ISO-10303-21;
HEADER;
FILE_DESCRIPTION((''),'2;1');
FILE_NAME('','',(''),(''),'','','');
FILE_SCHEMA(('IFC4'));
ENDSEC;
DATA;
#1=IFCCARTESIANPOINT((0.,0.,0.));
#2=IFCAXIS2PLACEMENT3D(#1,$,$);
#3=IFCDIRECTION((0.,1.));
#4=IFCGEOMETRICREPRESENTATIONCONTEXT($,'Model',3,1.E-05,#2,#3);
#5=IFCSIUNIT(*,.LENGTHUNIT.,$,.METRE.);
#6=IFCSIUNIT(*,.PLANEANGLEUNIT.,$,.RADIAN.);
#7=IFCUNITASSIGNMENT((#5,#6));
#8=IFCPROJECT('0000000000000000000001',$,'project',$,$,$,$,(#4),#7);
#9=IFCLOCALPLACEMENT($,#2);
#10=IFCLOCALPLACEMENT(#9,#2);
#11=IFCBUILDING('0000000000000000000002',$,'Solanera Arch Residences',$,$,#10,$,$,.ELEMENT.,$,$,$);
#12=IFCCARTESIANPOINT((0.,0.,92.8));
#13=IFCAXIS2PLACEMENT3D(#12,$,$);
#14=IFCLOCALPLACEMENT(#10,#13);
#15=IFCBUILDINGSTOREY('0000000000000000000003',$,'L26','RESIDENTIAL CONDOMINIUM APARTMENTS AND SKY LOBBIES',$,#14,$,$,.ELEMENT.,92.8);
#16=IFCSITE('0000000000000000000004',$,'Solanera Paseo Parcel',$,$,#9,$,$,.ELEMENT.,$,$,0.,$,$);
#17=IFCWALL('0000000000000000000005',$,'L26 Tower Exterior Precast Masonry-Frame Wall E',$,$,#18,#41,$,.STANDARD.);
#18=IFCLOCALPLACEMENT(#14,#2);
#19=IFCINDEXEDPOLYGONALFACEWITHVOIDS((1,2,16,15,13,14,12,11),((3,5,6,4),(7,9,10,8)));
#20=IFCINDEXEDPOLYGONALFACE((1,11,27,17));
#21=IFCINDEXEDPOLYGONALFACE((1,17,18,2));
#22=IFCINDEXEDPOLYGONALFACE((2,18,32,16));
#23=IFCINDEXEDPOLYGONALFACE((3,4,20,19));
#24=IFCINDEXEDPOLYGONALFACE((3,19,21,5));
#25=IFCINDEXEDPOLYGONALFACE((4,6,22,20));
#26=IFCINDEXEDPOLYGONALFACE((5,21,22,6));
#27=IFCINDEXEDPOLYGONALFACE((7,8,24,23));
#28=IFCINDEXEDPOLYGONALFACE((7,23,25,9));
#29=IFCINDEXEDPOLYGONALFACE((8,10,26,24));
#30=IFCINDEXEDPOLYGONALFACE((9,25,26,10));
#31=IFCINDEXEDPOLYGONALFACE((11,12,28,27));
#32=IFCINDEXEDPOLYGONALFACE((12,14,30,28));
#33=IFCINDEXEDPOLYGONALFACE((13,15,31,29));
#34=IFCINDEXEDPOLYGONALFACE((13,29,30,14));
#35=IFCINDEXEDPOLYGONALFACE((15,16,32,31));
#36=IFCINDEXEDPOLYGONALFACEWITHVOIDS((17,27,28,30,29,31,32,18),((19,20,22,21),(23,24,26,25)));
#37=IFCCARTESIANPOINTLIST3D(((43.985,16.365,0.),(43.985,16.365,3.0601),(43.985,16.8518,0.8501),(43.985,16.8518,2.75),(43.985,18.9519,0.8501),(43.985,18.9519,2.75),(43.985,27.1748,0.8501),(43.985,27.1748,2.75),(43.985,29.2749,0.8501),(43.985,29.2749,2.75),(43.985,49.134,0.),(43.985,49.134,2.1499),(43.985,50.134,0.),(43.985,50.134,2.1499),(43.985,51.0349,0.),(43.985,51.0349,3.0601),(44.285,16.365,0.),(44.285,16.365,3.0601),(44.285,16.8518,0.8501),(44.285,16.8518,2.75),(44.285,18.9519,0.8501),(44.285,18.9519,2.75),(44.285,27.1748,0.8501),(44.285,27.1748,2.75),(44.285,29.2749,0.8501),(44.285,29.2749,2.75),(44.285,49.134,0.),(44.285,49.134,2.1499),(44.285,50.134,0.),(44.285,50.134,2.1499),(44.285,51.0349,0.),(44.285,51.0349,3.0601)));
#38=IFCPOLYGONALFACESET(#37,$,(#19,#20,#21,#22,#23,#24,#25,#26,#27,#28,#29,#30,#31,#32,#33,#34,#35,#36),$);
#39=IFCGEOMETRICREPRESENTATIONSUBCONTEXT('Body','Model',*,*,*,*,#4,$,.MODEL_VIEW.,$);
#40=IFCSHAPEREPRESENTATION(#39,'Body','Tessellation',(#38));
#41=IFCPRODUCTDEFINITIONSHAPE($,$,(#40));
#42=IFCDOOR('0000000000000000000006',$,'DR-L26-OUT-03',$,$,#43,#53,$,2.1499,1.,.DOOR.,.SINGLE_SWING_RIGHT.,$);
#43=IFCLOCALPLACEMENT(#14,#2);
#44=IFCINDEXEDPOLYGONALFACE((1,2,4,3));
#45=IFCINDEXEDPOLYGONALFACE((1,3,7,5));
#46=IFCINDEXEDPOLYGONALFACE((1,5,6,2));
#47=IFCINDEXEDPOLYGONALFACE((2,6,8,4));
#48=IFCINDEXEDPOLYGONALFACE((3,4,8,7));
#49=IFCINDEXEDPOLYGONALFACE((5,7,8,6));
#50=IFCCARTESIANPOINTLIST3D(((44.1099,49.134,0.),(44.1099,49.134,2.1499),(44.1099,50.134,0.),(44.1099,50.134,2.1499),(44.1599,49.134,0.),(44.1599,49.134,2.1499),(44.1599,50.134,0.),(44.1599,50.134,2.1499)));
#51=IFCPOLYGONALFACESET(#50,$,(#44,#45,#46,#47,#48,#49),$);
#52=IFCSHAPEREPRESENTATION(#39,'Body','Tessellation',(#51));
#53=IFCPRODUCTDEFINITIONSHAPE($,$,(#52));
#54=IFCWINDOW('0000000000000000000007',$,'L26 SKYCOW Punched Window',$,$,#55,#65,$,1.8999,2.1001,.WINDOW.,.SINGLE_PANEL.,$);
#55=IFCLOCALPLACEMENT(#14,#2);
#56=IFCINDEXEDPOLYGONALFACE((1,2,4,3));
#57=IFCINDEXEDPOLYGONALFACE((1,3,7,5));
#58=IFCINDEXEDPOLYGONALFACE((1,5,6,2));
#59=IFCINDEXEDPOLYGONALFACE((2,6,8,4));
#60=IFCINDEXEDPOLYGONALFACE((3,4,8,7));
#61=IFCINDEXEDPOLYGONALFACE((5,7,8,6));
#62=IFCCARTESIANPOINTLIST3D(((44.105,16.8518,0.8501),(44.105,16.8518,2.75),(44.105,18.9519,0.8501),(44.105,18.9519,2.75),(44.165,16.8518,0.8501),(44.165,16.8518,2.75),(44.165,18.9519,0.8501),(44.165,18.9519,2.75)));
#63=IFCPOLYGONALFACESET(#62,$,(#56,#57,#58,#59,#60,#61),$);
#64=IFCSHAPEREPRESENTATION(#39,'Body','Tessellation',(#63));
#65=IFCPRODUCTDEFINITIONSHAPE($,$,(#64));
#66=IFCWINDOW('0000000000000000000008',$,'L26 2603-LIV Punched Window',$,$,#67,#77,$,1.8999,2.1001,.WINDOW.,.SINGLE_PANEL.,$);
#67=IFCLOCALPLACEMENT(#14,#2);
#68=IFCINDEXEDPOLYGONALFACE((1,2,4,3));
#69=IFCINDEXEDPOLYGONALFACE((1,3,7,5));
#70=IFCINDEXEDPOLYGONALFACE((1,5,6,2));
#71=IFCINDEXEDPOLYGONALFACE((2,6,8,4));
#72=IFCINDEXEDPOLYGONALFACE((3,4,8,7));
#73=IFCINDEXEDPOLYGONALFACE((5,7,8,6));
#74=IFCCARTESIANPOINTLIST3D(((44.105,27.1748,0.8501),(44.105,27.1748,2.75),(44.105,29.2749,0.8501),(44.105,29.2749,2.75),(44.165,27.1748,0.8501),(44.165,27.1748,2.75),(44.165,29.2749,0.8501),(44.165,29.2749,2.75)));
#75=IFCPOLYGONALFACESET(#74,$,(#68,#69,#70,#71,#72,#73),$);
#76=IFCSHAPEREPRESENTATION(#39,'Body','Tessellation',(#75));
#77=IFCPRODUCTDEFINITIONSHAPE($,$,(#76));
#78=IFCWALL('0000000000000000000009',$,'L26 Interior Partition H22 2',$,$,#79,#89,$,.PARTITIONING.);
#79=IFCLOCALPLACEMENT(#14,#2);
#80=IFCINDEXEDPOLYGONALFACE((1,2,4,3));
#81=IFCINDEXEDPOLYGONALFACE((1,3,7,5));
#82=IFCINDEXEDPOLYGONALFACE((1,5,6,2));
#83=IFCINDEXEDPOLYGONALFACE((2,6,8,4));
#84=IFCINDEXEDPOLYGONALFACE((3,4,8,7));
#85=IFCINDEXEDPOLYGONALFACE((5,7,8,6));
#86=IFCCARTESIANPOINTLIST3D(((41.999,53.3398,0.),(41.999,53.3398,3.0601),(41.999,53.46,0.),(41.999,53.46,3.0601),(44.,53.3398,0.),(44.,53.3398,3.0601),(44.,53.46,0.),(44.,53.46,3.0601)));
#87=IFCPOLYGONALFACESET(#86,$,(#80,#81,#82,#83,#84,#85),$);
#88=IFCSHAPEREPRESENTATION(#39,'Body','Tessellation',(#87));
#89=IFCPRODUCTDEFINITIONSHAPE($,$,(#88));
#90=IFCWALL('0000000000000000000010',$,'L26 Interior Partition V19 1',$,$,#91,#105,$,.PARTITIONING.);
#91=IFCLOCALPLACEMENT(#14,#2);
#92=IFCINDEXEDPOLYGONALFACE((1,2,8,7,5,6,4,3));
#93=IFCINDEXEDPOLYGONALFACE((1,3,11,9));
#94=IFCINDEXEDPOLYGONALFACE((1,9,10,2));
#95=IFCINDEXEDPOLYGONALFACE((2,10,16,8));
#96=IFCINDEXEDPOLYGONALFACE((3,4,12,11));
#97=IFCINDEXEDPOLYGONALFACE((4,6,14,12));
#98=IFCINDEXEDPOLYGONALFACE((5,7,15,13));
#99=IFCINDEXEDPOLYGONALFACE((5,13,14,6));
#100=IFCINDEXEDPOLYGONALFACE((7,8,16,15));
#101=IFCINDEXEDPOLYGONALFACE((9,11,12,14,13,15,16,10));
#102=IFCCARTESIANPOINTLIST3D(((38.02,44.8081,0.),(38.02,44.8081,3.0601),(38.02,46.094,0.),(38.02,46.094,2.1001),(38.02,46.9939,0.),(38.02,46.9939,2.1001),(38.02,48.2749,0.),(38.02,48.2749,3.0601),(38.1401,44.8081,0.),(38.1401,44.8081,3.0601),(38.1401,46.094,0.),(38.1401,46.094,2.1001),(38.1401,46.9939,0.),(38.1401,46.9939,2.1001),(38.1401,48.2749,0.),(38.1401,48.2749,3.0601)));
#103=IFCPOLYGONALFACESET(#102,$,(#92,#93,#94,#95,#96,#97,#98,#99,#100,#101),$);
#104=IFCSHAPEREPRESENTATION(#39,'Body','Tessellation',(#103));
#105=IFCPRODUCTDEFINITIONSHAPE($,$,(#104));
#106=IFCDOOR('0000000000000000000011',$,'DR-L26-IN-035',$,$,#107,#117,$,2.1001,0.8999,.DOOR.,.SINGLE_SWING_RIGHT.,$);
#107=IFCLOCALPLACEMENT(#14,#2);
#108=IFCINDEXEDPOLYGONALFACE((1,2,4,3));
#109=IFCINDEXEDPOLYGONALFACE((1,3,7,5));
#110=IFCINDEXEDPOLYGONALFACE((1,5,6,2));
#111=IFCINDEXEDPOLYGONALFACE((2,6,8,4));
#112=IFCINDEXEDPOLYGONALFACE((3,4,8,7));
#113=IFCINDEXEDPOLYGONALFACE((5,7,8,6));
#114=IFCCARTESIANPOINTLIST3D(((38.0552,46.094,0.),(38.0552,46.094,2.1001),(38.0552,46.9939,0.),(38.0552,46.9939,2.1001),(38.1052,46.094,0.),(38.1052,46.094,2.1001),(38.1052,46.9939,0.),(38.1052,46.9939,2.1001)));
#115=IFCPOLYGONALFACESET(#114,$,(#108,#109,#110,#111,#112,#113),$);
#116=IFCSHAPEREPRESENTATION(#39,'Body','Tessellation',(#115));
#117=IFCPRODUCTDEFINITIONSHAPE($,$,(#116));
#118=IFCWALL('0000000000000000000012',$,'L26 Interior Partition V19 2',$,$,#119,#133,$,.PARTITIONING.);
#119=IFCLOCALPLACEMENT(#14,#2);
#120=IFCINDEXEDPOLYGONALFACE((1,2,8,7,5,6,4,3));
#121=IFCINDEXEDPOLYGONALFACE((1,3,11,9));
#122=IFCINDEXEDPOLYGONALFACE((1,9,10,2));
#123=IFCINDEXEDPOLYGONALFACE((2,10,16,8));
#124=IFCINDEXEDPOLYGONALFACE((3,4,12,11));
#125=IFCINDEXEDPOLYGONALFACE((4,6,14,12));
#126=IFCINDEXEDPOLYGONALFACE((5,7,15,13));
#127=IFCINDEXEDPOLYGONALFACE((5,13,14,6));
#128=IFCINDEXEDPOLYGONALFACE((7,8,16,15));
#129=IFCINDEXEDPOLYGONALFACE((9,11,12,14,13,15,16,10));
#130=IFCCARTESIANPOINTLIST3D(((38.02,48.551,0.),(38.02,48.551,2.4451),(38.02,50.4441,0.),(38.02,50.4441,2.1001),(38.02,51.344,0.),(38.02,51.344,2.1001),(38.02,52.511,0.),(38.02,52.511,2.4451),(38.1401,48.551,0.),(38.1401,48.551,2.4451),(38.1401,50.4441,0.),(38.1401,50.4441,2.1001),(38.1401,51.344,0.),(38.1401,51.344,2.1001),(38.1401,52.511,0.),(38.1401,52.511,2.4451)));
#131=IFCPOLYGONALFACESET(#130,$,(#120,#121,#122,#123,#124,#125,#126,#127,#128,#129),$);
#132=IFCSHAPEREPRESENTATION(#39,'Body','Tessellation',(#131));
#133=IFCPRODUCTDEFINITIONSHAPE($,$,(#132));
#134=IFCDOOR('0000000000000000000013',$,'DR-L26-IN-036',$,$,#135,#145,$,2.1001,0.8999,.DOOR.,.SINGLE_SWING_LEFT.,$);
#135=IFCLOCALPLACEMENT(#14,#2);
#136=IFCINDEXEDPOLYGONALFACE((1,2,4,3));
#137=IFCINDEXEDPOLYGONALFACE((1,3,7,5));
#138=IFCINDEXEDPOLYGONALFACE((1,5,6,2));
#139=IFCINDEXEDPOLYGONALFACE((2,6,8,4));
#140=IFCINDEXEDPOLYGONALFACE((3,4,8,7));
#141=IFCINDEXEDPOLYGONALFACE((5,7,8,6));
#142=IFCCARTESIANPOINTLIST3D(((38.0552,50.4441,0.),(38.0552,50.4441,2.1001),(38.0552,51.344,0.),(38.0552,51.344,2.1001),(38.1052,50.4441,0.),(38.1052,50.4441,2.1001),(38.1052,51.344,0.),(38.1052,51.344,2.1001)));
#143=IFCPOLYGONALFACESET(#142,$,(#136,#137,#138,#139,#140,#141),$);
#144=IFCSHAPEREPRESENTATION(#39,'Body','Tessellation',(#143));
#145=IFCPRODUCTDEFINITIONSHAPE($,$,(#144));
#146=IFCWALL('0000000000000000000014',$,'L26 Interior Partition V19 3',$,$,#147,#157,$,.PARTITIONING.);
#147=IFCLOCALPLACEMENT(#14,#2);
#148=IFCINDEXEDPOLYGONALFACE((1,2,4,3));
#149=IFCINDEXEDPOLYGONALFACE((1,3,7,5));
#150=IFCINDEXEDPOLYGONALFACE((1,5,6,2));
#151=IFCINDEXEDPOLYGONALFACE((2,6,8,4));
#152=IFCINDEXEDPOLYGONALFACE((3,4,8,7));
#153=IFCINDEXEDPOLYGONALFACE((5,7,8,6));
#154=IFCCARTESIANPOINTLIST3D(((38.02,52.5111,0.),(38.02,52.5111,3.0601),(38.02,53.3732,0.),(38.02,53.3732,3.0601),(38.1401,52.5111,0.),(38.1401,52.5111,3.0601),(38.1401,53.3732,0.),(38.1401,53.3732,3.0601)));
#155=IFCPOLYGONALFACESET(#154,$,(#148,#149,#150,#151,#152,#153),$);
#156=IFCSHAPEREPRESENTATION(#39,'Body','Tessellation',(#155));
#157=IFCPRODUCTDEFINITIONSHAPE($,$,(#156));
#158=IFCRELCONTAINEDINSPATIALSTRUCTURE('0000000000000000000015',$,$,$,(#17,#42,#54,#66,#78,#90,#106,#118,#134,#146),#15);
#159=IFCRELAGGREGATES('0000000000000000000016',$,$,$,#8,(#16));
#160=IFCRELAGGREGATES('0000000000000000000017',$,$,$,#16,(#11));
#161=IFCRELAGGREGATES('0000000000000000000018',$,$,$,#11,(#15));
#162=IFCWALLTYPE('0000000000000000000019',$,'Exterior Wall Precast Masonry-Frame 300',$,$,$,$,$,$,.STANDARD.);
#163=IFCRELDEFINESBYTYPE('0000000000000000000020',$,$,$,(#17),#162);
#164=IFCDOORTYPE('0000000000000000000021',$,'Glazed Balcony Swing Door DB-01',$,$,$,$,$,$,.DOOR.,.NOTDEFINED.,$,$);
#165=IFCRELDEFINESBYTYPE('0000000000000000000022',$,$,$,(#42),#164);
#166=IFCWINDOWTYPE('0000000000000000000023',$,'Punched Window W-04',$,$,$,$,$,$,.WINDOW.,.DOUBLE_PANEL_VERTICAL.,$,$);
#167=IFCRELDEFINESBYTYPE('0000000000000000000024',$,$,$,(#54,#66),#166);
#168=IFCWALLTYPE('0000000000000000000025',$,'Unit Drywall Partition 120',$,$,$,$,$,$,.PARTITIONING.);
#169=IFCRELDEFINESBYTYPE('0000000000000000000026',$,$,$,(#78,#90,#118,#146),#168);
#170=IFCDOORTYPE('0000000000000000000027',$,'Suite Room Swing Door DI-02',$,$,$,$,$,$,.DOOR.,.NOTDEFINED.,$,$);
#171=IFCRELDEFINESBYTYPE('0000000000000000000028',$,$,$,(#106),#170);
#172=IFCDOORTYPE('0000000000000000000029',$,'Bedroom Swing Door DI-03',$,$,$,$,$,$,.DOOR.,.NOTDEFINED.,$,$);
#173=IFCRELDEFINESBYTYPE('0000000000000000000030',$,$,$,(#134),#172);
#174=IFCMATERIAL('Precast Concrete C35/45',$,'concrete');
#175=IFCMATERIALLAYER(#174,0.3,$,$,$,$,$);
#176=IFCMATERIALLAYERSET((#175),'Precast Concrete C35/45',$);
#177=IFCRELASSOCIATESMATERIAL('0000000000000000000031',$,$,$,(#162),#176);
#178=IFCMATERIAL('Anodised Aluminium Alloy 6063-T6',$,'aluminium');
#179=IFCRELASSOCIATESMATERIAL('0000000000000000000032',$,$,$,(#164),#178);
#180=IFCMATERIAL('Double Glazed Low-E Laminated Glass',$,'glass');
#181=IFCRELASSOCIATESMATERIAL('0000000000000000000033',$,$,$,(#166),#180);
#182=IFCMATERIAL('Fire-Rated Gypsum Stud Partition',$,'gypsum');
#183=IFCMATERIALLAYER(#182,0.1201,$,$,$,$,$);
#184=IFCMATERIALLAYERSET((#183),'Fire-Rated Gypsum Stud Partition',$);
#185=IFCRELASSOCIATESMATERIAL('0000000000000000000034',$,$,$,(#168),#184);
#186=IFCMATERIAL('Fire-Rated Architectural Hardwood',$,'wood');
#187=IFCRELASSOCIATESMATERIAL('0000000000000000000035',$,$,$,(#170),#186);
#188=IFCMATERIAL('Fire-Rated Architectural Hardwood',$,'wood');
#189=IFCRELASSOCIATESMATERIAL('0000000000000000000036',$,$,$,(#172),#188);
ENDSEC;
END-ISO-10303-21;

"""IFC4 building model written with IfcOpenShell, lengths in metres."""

from ifc_helpers import new_model, si_unit, direction, frame, frame_2d, origin, place, context, subcontext, project, spatial, rectangle, extrude, material, layer, layer_set, type_object, element, fill, save


model = new_model("IFC4")

# Units and contexts
model_context = context("Model", 3, precision=1e-05, world=origin(), true_north=direction((0.0, 1.0)))
body_context = subcontext(model_context, "Body", "Model", "MODEL_VIEW")
ifc_project = project(units=[si_unit("LENGTHUNIT", "METRE"), si_unit("PLANEANGLEUNIT", "RADIAN")], contexts=[model_context])

# Site, building, storey
site_placement = place(None, origin())
site = spatial("IfcSite", under=ifc_project, at=site_placement, Name="Solanera Paseo Parcel", CompositionType="ELEMENT", RefElevation=0.0)
building_placement = place(site_placement, origin())
building = spatial("IfcBuilding", under=site, at=building_placement, Name="Solanera Arch Residences", CompositionType="ELEMENT")
storey_placement = place(building_placement, frame((0.0, 0.0, 92.8)))
storey = spatial("IfcBuildingStorey", under=building, at=storey_placement, Name="L26", Description="RESIDENTIAL CONDOMINIUM APARTMENTS AND SKY LOBBIES", CompositionType="ELEMENT", Elevation=92.8)

# Shared definitions
ifc_material_1 = material(Name="Precast Concrete C35/45", Category="concrete")
ifc_layer_1 = layer(ifc_material_1, 0.3)
ifc_layer_set_1 = layer_set([ifc_layer_1], Name="Precast Concrete C35/45")
wall_type_1 = type_object("IfcWallType", Name="Exterior Wall Precast Masonry-Frame 300", PredefinedType="STANDARD", material=ifc_layer_set_1)

# Wall, openings, door, windows
wall_1_placement = place(storey_placement, frame((44.135, 51.0349, 0.0), z_axis=(0.0, 0.0, 1.0), x_axis=(0.0, -1.0, 0.0)))
wall_1 = element("IfcWall", 1, at=wall_1_placement, inside=storey, type_object=wall_type_1, Name="L26 Tower Exterior Precast Masonry-Frame Wall E", PredefinedType="STANDARD", context=body_context, shape_type="SweptSolid", body=[
    extrude(rectangle(XDim=34.6699, YDim=0.3, at=frame_2d((17.335, 0.0))), origin(), (0.0, 0.0, 1.0), 3.0601),
])
opening_1_placement = place(wall_1_placement, frame((0.9009, 0.0, 0.0)))
opening_1 = element("IfcOpeningElement", 2, at=opening_1_placement, cuts=wall_1, PredefinedType="OPENING", context=body_context, shape_type="SweptSolid", body=[
    extrude(rectangle(XDim=1.0, YDim=2.1499, at=frame_2d((0.5, 1.075))), frame((0.0, 0.1599, 0.0), z_axis=(0.0, -1.0, 0.0), x_axis=(1.0, 0.0, 0.0)), (0.0, 0.0, 1.0), 0.32),
])
opening_2_placement = place(wall_1_placement, frame((32.083, 0.0, 0.8501)))
opening_2 = element("IfcOpeningElement", 3, at=opening_2_placement, cuts=wall_1, PredefinedType="OPENING", context=body_context, shape_type="SweptSolid", body=[
    extrude(rectangle(XDim=2.1001, YDim=1.8999, at=frame_2d((1.05, 0.95))), frame((0.0, 0.1599, 0.0), z_axis=(0.0, -1.0, 0.0), x_axis=(1.0, 0.0, 0.0)), (0.0, 0.0, 1.0), 0.32),
])
opening_3_placement = place(wall_1_placement, frame((21.76, 0.0, 0.8501)))
opening_3 = element("IfcOpeningElement", 4, at=opening_3_placement, cuts=wall_1, PredefinedType="OPENING", context=body_context, shape_type="SweptSolid", body=[
    extrude(rectangle(XDim=2.1001, YDim=1.8999, at=frame_2d((1.05, 0.95))), frame((0.0, 0.1599, 0.0), z_axis=(0.0, -1.0, 0.0), x_axis=(1.0, 0.0, 0.0)), (0.0, 0.0, 1.0), 0.32),
])
ifc_material_2 = material(Name="Anodised Aluminium Alloy 6063-T6", Category="aluminium")
door_type_1 = type_object("IfcDoorType", Name="Glazed Balcony Swing Door DB-01", OperationType="NOTDEFINED", PredefinedType="DOOR", material=ifc_material_2)
door_1_placement = place(opening_1_placement, origin())
door_1 = element("IfcDoor", 5, at=door_1_placement, inside=storey, type_object=door_type_1, Name="DR-L26-OUT-03", OperationType="SINGLE_SWING_RIGHT", OverallHeight=2.1499, OverallWidth=1.0, PredefinedType="DOOR", context=body_context, shape_type="SweptSolid", body=[
    extrude(rectangle(XDim=1.0, YDim=2.1499, at=frame_2d((0.5, 1.075))), frame((0.0, 0.0249, 0.0), z_axis=(0.0, -1.0, 0.0), x_axis=(1.0, 0.0, 0.0)), (0.0, 0.0, 1.0), 0.05),
])
fill(opening_1, door_1)
ifc_material_3 = material(Name="Double Glazed Low-E Laminated Glass", Category="glass")
window_type = type_object("IfcWindowType", Name="Punched Window W-04", PartitioningType="DOUBLE_PANEL_VERTICAL", PredefinedType="WINDOW", material=ifc_material_3)
window_1_placement = place(opening_2_placement, origin())
window_1 = element("IfcWindow", 6, at=window_1_placement, inside=storey, type_object=window_type, Name="L26 SKYCOW Punched Window", OverallHeight=1.8999, OverallWidth=2.1001, PartitioningType="SINGLE_PANEL", PredefinedType="WINDOW", context=body_context, shape_type="SweptSolid", body=[
    extrude(rectangle(XDim=2.1001, YDim=1.8999, at=frame_2d((1.05, 0.95))), frame((0.0, 0.03, 0.0), z_axis=(0.0, -1.0, 0.0), x_axis=(1.0, 0.0, 0.0)), (0.0, 0.0, 1.0), 0.0601),
])
fill(opening_2, window_1)
window_2_placement = place(opening_3_placement, origin())
window_2 = element("IfcWindow", 7, at=window_2_placement, inside=storey, type_object=window_type, Name="L26 2603-LIV Punched Window", OverallHeight=1.8999, OverallWidth=2.1001, PartitioningType="SINGLE_PANEL", PredefinedType="WINDOW", context=body_context, shape_type="SweptSolid", body=[
    extrude(rectangle(XDim=2.1001, YDim=1.8999, at=frame_2d((1.05, 0.95))), frame((0.0, 0.03, 0.0), z_axis=(0.0, -1.0, 0.0), x_axis=(1.0, 0.0, 0.0)), (0.0, 0.0, 1.0), 0.0601),
])
fill(opening_3, window_2)

# Wall
ifc_material_4 = material(Name="Fire-Rated Gypsum Stud Partition", Category="gypsum")
ifc_layer_2 = layer(ifc_material_4, 0.1201)
ifc_layer_set_2 = layer_set([ifc_layer_2], Name="Fire-Rated Gypsum Stud Partition")
wall_type_2 = type_object("IfcWallType", Name="Unit Drywall Partition 120", PredefinedType="PARTITIONING", material=ifc_layer_set_2)
wall_2_placement = place(storey_placement, frame((41.999, 53.3999, 0.0), z_axis=(0.0, 0.0, 1.0), x_axis=(1.0, 0.0, 0.0)))
element("IfcWall", 8, at=wall_2_placement, inside=storey, type_object=wall_type_2, Name="L26 Interior Partition H22 2", PredefinedType="PARTITIONING", context=body_context, shape_type="SweptSolid", body=[
    extrude(rectangle(XDim=2.001, YDim=0.1201, at=frame_2d((1.0005, 0.0))), origin(), (0.0, 0.0, 1.0), 3.0601),
])

# Walls, openings, doors
wall_3_placement = place(storey_placement, frame((38.0801, 44.8081, 0.0), z_axis=(0.0, 0.0, 1.0), x_axis=(0.0, 1.0, 0.0)))
wall_3 = element("IfcWall", 9, at=wall_3_placement, inside=storey, type_object=wall_type_2, Name="L26 Interior Partition V19 1", PredefinedType="PARTITIONING", context=body_context, shape_type="SweptSolid", body=[
    extrude(rectangle(XDim=3.4668, YDim=0.1201, at=frame_2d((1.7334, 0.0))), origin(), (0.0, 0.0, 1.0), 3.0601),
])
opening_4_placement = place(wall_3_placement, frame((1.2859, 0.0, 0.0)))
opening_4 = element("IfcOpeningElement", 10, at=opening_4_placement, cuts=wall_3, PredefinedType="OPENING", context=body_context, shape_type="SweptSolid", body=[
    extrude(rectangle(XDim=0.8999, YDim=2.1001, at=frame_2d((0.45, 1.05))), frame((0.0, 0.0701, 0.0), z_axis=(0.0, -1.0, 0.0), x_axis=(1.0, 0.0, 0.0)), (0.0, 0.0, 1.0), 0.1401),
])
ifc_material_5 = material(Name="Fire-Rated Architectural Hardwood", Category="wood")
door_type_2 = type_object("IfcDoorType", Name="Suite Room Swing Door DI-02", OperationType="NOTDEFINED", PredefinedType="DOOR", material=ifc_material_5)
door_2_placement = place(opening_4_placement, origin())
door_2 = element("IfcDoor", 11, at=door_2_placement, inside=storey, type_object=door_type_2, Name="DR-L26-IN-035", OperationType="SINGLE_SWING_RIGHT", OverallHeight=2.1001, OverallWidth=0.8999, PredefinedType="DOOR", context=body_context, shape_type="SweptSolid", body=[
    extrude(rectangle(XDim=0.8999, YDim=2.1001, at=frame_2d((0.45, 1.05))), frame((0.0, 0.0249, 0.0), z_axis=(0.0, -1.0, 0.0), x_axis=(1.0, 0.0, 0.0)), (0.0, 0.0, 1.0), 0.05),
])
fill(opening_4, door_2)
wall_4_placement = place(storey_placement, frame((38.0801, 48.551, 0.0), z_axis=(0.0, 0.0, 1.0), x_axis=(0.0, 1.0, 0.0)))
wall_4 = element("IfcWall", 12, at=wall_4_placement, inside=storey, type_object=wall_type_2, Name="L26 Interior Partition V19 2", PredefinedType="PARTITIONING", context=body_context, shape_type="SweptSolid", body=[
    extrude(rectangle(XDim=3.96, YDim=0.1201, at=frame_2d((1.98, 0.0))), origin(), (0.0, 0.0, 1.0), 2.4451),
])
opening_5_placement = place(wall_4_placement, frame((1.8931, 0.0, 0.0)))
opening_5 = element("IfcOpeningElement", 13, at=opening_5_placement, cuts=wall_4, PredefinedType="OPENING", context=body_context, shape_type="SweptSolid", body=[
    extrude(rectangle(XDim=0.8999, YDim=2.1001, at=frame_2d((0.45, 1.05))), frame((0.0, 0.0701, 0.0), z_axis=(0.0, -1.0, 0.0), x_axis=(1.0, 0.0, 0.0)), (0.0, 0.0, 1.0), 0.1401),
])
ifc_material_6 = material(Name="Fire-Rated Architectural Hardwood", Category="wood")
door_type_3 = type_object("IfcDoorType", Name="Bedroom Swing Door DI-03", OperationType="NOTDEFINED", PredefinedType="DOOR", material=ifc_material_6)
door_3_placement = place(opening_5_placement, origin())
door_3 = element("IfcDoor", 14, at=door_3_placement, inside=storey, type_object=door_type_3, Name="DR-L26-IN-036", OperationType="SINGLE_SWING_LEFT", OverallHeight=2.1001, OverallWidth=0.8999, PredefinedType="DOOR", context=body_context, shape_type="SweptSolid", body=[
    extrude(rectangle(XDim=0.8999, YDim=2.1001, at=frame_2d((0.45, 1.05))), frame((0.0, 0.0249, 0.0), z_axis=(0.0, -1.0, 0.0), x_axis=(1.0, 0.0, 0.0)), (0.0, 0.0, 1.0), 0.05),
])
fill(opening_5, door_3)

# Wall
wall_5_placement = place(storey_placement, frame((38.0801, 52.511, 0.0), z_axis=(0.0, 0.0, 1.0), x_axis=(0.0, 1.0, 0.0)))
element("IfcWall", 15, at=wall_5_placement, inside=storey, type_object=wall_type_2, Name="L26 Interior Partition V19 3", PredefinedType="PARTITIONING", context=body_context, shape_type="SweptSolid", body=[
    extrude(rectangle(XDim=0.8621, YDim=0.1201, at=frame_2d((0.4312, 0.0))), origin(), (0.0, 0.0, 1.0), 3.0601),
])

save(model, "model.ifc")
